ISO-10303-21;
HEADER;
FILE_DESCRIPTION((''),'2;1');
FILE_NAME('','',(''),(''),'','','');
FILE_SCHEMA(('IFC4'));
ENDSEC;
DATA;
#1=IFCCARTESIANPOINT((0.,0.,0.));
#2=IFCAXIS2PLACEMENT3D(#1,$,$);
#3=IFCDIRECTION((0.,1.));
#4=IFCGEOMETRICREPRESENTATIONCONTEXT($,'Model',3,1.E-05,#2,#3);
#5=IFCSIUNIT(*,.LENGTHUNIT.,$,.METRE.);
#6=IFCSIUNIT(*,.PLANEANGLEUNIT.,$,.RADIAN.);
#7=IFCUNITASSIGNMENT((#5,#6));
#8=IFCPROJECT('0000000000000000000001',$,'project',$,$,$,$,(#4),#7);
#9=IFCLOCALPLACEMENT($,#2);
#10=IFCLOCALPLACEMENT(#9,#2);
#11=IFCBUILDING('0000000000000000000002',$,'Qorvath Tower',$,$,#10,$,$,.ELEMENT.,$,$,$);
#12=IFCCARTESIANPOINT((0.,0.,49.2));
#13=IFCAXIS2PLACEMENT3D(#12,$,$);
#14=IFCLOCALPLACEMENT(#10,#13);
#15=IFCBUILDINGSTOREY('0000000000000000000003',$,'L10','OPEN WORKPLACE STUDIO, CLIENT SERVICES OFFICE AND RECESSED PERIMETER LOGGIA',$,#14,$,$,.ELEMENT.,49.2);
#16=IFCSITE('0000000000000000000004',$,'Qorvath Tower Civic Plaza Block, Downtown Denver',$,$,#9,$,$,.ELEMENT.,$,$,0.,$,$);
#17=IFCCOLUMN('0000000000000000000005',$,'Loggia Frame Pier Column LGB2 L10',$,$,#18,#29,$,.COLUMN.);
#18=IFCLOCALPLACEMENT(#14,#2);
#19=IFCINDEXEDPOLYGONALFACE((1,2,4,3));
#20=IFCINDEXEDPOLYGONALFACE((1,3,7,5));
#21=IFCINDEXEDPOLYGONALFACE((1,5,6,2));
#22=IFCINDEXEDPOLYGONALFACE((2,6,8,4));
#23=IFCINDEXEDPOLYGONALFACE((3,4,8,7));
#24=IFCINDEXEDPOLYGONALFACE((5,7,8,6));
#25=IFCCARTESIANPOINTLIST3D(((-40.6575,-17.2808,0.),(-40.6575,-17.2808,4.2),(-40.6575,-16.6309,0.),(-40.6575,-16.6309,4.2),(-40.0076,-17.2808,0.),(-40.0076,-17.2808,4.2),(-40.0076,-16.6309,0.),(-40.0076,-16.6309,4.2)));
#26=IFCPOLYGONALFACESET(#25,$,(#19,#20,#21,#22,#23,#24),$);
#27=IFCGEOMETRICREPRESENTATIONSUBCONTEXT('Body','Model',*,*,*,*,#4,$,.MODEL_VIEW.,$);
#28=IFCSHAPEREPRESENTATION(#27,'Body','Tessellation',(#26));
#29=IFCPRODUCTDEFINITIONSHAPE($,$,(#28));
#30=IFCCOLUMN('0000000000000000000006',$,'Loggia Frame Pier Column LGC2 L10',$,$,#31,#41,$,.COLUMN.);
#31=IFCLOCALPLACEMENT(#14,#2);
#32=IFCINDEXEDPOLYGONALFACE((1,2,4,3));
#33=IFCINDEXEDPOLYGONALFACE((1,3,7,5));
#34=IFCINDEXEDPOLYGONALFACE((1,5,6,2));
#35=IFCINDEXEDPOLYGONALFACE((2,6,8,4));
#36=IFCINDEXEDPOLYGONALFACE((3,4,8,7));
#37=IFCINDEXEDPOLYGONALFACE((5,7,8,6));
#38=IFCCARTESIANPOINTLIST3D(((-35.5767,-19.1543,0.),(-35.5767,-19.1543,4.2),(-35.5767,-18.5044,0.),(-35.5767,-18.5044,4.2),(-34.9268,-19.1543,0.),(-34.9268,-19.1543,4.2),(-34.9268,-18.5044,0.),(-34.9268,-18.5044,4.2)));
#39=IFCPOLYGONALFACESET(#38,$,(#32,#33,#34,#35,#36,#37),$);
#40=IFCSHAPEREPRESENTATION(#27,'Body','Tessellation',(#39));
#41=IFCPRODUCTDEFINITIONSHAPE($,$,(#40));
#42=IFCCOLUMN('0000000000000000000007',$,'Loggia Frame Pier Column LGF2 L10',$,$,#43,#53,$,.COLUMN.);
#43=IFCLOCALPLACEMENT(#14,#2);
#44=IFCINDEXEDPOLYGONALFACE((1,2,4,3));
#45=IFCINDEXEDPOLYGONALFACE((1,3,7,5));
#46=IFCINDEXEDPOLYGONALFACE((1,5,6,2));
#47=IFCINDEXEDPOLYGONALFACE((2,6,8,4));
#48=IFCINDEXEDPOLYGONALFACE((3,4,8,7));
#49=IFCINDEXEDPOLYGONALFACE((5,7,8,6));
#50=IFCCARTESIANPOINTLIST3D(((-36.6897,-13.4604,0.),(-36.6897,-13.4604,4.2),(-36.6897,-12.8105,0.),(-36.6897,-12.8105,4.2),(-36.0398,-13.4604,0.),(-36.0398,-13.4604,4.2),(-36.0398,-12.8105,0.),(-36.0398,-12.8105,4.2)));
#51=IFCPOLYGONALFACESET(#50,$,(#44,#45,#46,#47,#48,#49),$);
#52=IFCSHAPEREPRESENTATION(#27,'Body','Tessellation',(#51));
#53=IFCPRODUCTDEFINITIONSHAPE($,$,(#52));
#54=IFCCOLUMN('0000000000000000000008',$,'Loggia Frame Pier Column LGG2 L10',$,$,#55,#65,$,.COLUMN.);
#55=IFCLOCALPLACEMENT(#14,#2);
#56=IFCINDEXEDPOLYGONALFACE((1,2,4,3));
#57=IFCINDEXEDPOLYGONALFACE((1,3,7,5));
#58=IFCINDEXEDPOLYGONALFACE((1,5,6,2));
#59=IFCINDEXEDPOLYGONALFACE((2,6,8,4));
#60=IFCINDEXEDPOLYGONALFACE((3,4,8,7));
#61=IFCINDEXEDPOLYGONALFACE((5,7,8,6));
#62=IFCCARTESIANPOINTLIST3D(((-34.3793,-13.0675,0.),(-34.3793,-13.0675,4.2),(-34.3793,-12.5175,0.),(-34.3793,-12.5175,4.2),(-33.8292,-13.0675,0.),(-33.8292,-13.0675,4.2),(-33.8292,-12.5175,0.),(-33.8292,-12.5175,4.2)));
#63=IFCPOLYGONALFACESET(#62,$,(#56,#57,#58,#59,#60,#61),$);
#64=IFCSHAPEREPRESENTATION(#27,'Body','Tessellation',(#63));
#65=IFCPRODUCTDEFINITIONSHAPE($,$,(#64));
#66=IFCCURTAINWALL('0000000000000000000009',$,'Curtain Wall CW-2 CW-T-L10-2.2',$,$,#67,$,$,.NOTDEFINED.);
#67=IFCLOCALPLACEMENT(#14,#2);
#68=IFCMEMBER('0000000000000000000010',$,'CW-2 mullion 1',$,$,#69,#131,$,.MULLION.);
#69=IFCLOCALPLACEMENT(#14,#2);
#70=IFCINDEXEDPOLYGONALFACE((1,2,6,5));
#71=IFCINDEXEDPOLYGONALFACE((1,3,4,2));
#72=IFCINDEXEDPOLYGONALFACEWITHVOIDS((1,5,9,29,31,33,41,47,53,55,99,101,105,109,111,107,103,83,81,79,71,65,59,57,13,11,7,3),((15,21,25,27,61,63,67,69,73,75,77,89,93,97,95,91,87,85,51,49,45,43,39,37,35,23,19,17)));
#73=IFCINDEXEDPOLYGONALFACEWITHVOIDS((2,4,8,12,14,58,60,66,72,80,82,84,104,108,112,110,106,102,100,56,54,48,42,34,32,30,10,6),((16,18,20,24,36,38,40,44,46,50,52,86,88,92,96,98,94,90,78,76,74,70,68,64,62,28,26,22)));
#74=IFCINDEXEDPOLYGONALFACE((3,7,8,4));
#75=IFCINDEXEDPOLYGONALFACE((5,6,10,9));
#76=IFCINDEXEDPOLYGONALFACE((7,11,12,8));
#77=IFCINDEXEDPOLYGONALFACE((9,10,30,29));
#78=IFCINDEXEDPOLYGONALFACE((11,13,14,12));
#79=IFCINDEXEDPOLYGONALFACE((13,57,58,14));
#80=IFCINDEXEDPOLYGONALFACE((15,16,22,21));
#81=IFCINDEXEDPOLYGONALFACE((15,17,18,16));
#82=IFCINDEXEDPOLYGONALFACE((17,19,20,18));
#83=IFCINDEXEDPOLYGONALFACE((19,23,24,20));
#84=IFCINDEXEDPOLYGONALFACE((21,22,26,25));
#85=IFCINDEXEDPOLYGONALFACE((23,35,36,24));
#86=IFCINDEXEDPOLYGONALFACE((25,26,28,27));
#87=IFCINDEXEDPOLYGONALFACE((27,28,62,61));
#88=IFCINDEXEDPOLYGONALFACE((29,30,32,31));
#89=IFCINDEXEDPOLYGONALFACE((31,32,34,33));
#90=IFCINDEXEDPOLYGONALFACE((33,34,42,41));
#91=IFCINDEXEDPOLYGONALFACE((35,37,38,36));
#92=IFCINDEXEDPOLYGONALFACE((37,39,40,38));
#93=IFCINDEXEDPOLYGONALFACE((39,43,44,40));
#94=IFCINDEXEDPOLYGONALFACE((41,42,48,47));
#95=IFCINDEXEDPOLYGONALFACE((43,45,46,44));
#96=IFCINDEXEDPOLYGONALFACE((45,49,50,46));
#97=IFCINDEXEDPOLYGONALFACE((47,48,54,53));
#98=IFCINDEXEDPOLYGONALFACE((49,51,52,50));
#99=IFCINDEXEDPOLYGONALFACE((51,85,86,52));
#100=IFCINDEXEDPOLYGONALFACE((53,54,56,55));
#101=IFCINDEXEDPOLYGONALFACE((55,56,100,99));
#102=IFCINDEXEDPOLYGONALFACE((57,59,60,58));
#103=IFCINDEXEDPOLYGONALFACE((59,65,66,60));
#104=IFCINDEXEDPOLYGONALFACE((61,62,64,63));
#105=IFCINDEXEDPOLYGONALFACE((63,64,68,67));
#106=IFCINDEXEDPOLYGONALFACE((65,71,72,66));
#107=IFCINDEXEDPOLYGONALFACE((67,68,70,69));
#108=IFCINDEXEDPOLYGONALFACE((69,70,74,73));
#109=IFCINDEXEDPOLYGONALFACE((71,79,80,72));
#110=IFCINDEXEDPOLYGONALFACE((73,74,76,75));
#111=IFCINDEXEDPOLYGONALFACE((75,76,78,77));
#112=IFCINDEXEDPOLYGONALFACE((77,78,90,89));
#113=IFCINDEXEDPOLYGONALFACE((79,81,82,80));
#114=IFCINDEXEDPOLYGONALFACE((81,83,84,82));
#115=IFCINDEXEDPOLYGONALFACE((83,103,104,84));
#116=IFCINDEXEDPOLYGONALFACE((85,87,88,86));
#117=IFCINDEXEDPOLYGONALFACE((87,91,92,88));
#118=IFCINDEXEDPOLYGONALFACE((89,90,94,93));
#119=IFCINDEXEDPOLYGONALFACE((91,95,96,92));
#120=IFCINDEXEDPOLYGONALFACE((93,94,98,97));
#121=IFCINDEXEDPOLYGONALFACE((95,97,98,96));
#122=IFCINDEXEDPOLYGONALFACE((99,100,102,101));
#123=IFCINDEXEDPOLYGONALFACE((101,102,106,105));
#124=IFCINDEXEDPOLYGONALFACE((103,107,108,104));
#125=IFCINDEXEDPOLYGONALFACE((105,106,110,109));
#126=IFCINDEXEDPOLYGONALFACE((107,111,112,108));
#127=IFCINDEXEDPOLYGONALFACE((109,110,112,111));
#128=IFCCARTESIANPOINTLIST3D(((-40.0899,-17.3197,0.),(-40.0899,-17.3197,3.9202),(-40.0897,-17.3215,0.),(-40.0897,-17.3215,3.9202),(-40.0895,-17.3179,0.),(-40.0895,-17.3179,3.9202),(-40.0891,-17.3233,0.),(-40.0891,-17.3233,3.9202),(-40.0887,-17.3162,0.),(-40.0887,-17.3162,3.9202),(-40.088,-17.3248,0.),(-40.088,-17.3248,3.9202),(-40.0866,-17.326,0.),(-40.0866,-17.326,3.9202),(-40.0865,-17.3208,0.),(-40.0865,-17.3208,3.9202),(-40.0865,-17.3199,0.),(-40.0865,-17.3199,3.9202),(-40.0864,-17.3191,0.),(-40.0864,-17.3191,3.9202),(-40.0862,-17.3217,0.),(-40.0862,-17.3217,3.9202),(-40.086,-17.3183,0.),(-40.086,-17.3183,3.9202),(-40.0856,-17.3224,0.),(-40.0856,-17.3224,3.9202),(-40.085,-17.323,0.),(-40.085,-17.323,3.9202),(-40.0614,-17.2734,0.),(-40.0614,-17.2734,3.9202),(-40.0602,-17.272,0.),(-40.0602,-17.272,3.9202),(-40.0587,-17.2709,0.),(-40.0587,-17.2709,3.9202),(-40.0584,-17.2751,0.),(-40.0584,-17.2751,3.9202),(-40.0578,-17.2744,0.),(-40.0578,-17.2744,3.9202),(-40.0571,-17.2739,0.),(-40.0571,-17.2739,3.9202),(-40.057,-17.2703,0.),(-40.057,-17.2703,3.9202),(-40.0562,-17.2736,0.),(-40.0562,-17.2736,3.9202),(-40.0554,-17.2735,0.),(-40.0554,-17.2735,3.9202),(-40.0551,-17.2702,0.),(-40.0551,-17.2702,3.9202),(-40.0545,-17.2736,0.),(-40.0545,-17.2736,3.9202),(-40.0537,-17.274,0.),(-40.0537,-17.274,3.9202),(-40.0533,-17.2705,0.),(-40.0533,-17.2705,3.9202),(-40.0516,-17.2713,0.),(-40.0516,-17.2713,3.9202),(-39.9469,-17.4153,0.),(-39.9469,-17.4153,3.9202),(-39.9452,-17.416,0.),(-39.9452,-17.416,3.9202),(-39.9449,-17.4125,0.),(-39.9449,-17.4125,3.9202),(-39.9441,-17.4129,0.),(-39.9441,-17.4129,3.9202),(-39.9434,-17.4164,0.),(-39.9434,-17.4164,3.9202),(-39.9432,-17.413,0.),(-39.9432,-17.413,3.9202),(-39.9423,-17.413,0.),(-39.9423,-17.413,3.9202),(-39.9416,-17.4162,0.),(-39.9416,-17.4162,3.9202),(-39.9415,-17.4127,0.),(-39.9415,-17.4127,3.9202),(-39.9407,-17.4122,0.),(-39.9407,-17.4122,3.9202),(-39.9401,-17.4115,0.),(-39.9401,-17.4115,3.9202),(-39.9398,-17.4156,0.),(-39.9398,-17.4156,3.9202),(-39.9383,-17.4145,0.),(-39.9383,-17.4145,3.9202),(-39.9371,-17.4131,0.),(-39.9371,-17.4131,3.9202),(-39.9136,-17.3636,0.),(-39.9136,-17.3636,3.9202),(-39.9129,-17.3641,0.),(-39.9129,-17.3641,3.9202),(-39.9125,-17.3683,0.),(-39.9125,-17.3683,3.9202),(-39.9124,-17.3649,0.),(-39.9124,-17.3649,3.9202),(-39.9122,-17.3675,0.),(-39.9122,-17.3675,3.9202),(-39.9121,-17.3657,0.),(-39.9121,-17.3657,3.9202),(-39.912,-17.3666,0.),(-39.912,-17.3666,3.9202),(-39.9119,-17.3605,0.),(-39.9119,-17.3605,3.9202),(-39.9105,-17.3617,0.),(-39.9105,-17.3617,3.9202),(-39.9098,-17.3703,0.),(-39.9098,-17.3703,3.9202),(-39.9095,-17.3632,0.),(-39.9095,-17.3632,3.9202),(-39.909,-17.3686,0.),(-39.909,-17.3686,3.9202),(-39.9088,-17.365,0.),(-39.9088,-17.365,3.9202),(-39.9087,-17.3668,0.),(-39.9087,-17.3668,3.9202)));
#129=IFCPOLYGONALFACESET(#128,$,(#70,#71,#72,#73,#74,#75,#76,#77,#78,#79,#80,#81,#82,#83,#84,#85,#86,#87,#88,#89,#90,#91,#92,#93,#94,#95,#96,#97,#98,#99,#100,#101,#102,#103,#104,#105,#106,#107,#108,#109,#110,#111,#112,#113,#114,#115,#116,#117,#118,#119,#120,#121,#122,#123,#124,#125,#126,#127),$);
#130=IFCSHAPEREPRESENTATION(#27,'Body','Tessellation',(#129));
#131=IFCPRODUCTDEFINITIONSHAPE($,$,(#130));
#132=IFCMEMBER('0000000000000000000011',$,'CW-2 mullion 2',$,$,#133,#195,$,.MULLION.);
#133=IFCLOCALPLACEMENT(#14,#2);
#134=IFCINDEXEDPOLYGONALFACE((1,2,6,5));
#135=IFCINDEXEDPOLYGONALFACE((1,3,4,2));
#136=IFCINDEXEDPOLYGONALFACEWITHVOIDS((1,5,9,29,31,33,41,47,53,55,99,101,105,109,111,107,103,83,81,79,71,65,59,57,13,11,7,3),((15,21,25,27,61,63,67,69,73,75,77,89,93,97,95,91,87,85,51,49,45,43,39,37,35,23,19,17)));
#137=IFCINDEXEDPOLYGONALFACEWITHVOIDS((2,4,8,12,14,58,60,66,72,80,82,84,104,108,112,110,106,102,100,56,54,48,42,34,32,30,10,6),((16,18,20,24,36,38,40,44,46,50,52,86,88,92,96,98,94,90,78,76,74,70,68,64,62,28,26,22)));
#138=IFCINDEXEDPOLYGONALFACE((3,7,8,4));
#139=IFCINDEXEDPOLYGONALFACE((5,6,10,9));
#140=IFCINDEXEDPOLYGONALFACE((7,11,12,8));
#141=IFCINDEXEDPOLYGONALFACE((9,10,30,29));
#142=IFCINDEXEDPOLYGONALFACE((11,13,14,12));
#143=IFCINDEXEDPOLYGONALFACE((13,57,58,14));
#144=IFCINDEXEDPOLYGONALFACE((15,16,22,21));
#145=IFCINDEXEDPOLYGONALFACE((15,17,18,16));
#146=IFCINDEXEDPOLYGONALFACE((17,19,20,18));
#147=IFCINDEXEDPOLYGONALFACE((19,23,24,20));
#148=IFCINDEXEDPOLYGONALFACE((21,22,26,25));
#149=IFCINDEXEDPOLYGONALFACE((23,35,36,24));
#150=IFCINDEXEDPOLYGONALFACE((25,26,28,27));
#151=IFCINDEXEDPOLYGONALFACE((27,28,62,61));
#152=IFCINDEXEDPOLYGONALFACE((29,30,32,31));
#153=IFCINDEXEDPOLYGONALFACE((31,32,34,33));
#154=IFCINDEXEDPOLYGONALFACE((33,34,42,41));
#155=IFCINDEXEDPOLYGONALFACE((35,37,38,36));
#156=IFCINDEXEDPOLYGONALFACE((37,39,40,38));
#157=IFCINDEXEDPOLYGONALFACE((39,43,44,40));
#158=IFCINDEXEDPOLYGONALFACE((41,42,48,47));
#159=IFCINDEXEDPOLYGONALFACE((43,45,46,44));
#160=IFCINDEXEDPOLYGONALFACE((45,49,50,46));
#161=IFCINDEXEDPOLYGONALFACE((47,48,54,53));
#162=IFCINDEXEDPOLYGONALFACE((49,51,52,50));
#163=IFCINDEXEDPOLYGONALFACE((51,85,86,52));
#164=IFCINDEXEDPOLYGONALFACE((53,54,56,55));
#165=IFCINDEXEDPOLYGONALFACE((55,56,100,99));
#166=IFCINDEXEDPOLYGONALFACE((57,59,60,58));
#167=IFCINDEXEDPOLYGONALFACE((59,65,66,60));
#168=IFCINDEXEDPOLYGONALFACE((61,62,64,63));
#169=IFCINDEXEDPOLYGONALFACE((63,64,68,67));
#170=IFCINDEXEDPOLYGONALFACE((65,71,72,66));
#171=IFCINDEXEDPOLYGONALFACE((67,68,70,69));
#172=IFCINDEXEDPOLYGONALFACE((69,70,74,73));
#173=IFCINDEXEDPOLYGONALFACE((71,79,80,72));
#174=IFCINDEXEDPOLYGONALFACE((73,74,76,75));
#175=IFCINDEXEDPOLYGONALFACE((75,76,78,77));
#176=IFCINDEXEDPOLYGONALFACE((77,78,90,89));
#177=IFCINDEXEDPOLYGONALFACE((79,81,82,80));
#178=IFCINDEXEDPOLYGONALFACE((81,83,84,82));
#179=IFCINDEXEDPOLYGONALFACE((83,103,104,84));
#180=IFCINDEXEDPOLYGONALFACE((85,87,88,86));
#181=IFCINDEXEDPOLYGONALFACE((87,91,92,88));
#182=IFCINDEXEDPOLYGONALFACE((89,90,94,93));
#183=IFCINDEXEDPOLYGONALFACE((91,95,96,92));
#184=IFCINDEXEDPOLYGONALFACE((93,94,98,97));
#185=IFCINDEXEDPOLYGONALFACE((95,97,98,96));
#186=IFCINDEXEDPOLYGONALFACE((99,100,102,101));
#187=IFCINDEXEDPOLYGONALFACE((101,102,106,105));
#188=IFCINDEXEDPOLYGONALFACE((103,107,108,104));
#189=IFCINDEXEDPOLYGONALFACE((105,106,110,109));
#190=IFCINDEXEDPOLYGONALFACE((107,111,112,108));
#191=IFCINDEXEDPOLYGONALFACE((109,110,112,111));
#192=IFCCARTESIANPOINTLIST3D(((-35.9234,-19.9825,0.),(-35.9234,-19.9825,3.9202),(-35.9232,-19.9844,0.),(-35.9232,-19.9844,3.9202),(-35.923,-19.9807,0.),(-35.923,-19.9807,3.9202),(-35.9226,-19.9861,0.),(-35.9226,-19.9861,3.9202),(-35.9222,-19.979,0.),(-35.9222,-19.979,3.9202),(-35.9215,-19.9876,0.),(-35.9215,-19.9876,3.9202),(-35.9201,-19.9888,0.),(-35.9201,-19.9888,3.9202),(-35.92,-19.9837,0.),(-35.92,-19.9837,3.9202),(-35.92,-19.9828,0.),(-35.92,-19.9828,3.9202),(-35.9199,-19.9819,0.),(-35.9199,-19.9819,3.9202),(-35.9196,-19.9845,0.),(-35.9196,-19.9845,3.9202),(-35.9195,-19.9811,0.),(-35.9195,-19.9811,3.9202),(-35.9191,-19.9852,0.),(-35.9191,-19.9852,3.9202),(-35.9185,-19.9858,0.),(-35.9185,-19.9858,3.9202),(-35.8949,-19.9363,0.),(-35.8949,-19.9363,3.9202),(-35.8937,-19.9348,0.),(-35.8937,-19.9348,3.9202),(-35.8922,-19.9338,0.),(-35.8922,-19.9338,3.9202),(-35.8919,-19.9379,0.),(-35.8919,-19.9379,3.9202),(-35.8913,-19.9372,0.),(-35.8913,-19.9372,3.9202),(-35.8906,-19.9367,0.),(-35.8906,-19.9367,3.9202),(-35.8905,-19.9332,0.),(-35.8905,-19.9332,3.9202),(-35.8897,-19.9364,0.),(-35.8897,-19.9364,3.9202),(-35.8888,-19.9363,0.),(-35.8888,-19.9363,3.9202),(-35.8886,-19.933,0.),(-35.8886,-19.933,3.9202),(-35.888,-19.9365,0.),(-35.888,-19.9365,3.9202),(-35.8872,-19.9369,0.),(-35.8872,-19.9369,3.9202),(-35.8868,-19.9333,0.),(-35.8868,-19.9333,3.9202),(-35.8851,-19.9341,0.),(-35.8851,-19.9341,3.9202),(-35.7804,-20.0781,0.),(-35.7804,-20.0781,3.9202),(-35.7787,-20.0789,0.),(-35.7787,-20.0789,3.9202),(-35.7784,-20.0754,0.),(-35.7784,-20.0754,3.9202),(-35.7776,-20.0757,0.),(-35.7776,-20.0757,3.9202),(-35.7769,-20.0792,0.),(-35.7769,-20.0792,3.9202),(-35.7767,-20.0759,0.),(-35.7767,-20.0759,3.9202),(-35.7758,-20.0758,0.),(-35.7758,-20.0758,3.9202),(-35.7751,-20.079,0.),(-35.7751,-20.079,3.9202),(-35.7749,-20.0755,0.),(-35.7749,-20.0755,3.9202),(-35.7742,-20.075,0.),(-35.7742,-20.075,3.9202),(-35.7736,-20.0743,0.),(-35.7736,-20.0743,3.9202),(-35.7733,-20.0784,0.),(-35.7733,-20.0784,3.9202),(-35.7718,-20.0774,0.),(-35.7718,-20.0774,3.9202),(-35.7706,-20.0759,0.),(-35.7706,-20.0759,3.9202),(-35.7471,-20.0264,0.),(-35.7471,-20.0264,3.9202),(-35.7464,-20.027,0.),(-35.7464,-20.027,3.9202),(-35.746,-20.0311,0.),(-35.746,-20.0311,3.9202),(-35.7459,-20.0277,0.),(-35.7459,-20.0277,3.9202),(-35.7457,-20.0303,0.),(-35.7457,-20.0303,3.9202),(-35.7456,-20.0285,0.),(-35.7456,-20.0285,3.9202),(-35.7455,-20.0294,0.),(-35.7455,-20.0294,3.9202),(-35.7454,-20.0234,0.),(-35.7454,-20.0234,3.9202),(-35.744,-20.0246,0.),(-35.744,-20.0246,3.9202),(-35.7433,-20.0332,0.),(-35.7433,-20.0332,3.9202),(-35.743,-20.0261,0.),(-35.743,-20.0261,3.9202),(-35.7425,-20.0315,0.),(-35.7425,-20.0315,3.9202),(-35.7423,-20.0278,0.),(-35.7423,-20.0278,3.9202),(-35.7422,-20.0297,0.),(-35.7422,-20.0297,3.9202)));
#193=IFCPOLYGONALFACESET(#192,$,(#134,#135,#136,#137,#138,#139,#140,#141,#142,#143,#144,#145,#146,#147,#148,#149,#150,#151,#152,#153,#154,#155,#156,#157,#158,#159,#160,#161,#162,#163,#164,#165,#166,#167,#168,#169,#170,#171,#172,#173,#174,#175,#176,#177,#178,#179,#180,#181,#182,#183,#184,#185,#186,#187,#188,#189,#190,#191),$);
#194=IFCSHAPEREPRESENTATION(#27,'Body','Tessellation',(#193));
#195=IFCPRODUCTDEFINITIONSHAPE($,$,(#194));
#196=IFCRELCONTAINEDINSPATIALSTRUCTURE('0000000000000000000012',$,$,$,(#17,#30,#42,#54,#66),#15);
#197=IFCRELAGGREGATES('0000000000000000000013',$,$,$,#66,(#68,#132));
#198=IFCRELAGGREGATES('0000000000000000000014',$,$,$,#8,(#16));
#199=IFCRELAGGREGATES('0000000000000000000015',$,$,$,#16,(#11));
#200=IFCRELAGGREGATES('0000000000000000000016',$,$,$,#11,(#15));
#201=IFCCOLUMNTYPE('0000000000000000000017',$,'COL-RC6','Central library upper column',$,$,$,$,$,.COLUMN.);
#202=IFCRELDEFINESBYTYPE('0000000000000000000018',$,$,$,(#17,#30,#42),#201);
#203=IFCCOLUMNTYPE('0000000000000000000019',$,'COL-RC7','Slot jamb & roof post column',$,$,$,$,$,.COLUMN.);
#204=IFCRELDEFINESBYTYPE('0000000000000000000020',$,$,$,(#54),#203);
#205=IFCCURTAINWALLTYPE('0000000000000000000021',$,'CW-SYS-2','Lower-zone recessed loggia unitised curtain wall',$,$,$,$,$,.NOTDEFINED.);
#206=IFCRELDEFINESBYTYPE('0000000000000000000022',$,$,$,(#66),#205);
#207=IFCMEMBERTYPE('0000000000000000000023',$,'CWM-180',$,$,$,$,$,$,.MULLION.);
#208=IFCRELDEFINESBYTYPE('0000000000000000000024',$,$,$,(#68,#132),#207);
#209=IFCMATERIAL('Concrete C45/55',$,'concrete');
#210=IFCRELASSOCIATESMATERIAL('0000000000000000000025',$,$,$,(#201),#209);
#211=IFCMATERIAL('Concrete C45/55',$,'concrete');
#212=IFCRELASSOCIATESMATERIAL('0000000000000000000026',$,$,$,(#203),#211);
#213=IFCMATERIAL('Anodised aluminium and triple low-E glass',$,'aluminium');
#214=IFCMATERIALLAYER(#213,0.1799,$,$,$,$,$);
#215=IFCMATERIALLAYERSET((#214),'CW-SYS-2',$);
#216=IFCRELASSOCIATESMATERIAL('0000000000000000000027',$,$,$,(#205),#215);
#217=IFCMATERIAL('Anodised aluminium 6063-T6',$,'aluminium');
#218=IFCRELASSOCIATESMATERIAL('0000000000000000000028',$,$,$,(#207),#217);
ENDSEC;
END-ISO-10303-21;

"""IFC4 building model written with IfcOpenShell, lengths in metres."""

from ifc_helpers import new_model, si_unit, direction, frame, origin, origin_2d, place, context, subcontext, project, spatial, rectangle, hollow_rectangle, extrude, material, layer, layer_set, material_profile, profile_set, type_object, element, aggregate, save


model = new_model("IFC4")

# Units and contexts
model_context = context("Model", 3, precision=1e-05, world=origin(), true_north=direction((0.0, 1.0)))
body_context = subcontext(model_context, "Body", "Model", "MODEL_VIEW")
ifc_project = project(units=[si_unit("LENGTHUNIT", "METRE"), si_unit("PLANEANGLEUNIT", "RADIAN")], contexts=[model_context])

# Site, building, storey
site_placement = place(None, origin())
site = spatial("IfcSite", under=ifc_project, at=site_placement, Name="Qorvath Tower Civic Plaza Block, Downtown Denver", CompositionType="ELEMENT", RefElevation=0.0)
building_placement = place(site_placement, origin())
building = spatial("IfcBuilding", under=site, at=building_placement, Name="Qorvath Tower", CompositionType="ELEMENT")
storey_placement = place(building_placement, frame((0.0, 0.0, 49.2)))
storey = spatial("IfcBuildingStorey", under=building, at=storey_placement, Name="L10", Description="OPEN WORKPLACE STUDIO, CLIENT SERVICES OFFICE AND RECESSED PERIMETER LOGGIA", CompositionType="ELEMENT", Elevation=49.2)

# Columns
ifc_material_1 = material(Name="Concrete C45/55", Category="concrete")
ifc_material_profile_1 = material_profile(ifc_material_1, rectangle(XDim=0.6499, YDim=0.6499, at=origin_2d()), Name="RC 650x650")
ifc_profile_set_1 = profile_set([ifc_material_profile_1], Name="Concrete C45/55")
column_type_1 = type_object("IfcColumnType", Name="COL-RC6", Description="Central library upper column", PredefinedType="COLUMN", material=ifc_profile_set_1)
for number, where, z_axis, x_axis, name in (
    (1, (-40.3325, -16.9558, 0.0), (0.0, 0.0, 1.0), (1.0, 0.0, 0.0), "Loggia Frame Pier Column LGB2 L10"),
    (2, (-35.2517, -18.8293, 0.0), (0.0, 0.0, 1.0), (1.0, 0.0, 0.0), "Loggia Frame Pier Column LGC2 L10"),
    (3, (-36.3647, -13.1355, 0.0), (0.0, 0.0, 1.0), (1.0, 0.0, 0.0), "Loggia Frame Pier Column LGF2 L10"),
):
    element("IfcColumn", number, at=place(storey_placement, frame(where, z_axis=z_axis, x_axis=x_axis)), inside=storey, type_object=column_type_1, Name=name, PredefinedType="COLUMN", context=body_context, shape_type="SweptSolid", body=[
        extrude(rectangle(XDim=0.6499, YDim=0.6499, at=origin_2d()), origin(), (0.0, 0.0, 1.0), 4.2),
    ])
ifc_material_2 = material(Name="Concrete C45/55", Category="concrete")
ifc_material_profile_2 = material_profile(ifc_material_2, rectangle(XDim=0.55, YDim=0.55, at=origin_2d()), Name="RC 550x550")
ifc_profile_set_2 = profile_set([ifc_material_profile_2], Name="Concrete C45/55")
column_type_2 = type_object("IfcColumnType", Name="COL-RC7", Description="Slot jamb & roof post column", PredefinedType="COLUMN", material=ifc_profile_set_2)
column_placement = place(storey_placement, frame((-34.1042, -12.7925, 0.0), z_axis=(0.0, 0.0, 1.0), x_axis=(1.0, 0.0, 0.0)))
element("IfcColumn", 4, at=column_placement, inside=storey, type_object=column_type_2, Name="Loggia Frame Pier Column LGG2 L10", PredefinedType="COLUMN", context=body_context, shape_type="SweptSolid", body=[
    extrude(rectangle(XDim=0.55, YDim=0.55, at=origin_2d()), origin(), (0.0, 0.0, 1.0), 4.2),
])

# Curtain wall, members
ifc_material_3 = material(Name="Anodised aluminium and triple low-E glass", Category="aluminium")
ifc_layer_1 = layer(ifc_material_3, 0.1799)
ifc_layer_set_1 = layer_set([ifc_layer_1], Name="CW-SYS-2")
curtain_wall_type = type_object("IfcCurtainWallType", Name="CW-SYS-2", Description="Lower-zone recessed loggia unitised curtain wall", PredefinedType="NOTDEFINED", material=ifc_layer_set_1)
curtain_wall_placement = place(storey_placement, origin())
curtain_wall = element("IfcCurtainWall", 5, at=curtain_wall_placement, inside=storey, type_object=curtain_wall_type, Name="Curtain Wall CW-2 CW-T-L10-2.2", PredefinedType="NOTDEFINED")
ifc_material_4 = material(Name="Anodised aluminium 6063-T6", Category="aluminium")
ifc_material_profile_3 = material_profile(ifc_material_4, hollow_rectangle(XDim=0.0649, YDim=0.1799, WallThickness=0.0034, InnerFilletRadius=0.0034, OuterFilletRadius=0.0071, at=origin_2d()), Name="CWM 180x65")
ifc_profile_set_3 = profile_set([ifc_material_profile_3], Name="Anodised aluminium 6063-T6")
member_type_1 = type_object("IfcMemberType", Name="CWM-180", PredefinedType="MULLION", material=ifc_profile_set_3)
member_1_placement = place(storey_placement, frame((-39.9993, -17.3433, 0.0), z_axis=(0.0, 0.0, 1.0), x_axis=(0.538537, 0.842602, 0.0)))
member_1 = element("IfcMember", 6, at=member_1_placement, type_object=member_type_1, Name="CW-2 mullion 1", PredefinedType="MULLION", context=body_context, shape_type="SweptSolid", body=[
    extrude(hollow_rectangle(XDim=0.0649, YDim=0.1799, WallThickness=0.0034, InnerFilletRadius=0.0034, OuterFilletRadius=0.0071, at=origin_2d()), origin(), (0.0, 0.0, 1.0), 3.9202),
])
member_2_placement = place(storey_placement, frame((-35.8328, -20.0061, 0.0), z_axis=(0.0, 0.0, 1.0), x_axis=(0.538537, 0.842602, 0.0)))
member_2 = element("IfcMember", 7, at=member_2_placement, type_object=member_type_1, Name="CW-2 mullion 2", PredefinedType="MULLION", context=body_context, shape_type="SweptSolid", body=[
    extrude(hollow_rectangle(XDim=0.0649, YDim=0.1799, WallThickness=0.0034, InnerFilletRadius=0.0034, OuterFilletRadius=0.0071, at=origin_2d()), origin(), (0.0, 0.0, 1.0), 3.9202),
])
aggregate(curtain_wall, [member_1, member_2])

save(model, "model.ifc")
